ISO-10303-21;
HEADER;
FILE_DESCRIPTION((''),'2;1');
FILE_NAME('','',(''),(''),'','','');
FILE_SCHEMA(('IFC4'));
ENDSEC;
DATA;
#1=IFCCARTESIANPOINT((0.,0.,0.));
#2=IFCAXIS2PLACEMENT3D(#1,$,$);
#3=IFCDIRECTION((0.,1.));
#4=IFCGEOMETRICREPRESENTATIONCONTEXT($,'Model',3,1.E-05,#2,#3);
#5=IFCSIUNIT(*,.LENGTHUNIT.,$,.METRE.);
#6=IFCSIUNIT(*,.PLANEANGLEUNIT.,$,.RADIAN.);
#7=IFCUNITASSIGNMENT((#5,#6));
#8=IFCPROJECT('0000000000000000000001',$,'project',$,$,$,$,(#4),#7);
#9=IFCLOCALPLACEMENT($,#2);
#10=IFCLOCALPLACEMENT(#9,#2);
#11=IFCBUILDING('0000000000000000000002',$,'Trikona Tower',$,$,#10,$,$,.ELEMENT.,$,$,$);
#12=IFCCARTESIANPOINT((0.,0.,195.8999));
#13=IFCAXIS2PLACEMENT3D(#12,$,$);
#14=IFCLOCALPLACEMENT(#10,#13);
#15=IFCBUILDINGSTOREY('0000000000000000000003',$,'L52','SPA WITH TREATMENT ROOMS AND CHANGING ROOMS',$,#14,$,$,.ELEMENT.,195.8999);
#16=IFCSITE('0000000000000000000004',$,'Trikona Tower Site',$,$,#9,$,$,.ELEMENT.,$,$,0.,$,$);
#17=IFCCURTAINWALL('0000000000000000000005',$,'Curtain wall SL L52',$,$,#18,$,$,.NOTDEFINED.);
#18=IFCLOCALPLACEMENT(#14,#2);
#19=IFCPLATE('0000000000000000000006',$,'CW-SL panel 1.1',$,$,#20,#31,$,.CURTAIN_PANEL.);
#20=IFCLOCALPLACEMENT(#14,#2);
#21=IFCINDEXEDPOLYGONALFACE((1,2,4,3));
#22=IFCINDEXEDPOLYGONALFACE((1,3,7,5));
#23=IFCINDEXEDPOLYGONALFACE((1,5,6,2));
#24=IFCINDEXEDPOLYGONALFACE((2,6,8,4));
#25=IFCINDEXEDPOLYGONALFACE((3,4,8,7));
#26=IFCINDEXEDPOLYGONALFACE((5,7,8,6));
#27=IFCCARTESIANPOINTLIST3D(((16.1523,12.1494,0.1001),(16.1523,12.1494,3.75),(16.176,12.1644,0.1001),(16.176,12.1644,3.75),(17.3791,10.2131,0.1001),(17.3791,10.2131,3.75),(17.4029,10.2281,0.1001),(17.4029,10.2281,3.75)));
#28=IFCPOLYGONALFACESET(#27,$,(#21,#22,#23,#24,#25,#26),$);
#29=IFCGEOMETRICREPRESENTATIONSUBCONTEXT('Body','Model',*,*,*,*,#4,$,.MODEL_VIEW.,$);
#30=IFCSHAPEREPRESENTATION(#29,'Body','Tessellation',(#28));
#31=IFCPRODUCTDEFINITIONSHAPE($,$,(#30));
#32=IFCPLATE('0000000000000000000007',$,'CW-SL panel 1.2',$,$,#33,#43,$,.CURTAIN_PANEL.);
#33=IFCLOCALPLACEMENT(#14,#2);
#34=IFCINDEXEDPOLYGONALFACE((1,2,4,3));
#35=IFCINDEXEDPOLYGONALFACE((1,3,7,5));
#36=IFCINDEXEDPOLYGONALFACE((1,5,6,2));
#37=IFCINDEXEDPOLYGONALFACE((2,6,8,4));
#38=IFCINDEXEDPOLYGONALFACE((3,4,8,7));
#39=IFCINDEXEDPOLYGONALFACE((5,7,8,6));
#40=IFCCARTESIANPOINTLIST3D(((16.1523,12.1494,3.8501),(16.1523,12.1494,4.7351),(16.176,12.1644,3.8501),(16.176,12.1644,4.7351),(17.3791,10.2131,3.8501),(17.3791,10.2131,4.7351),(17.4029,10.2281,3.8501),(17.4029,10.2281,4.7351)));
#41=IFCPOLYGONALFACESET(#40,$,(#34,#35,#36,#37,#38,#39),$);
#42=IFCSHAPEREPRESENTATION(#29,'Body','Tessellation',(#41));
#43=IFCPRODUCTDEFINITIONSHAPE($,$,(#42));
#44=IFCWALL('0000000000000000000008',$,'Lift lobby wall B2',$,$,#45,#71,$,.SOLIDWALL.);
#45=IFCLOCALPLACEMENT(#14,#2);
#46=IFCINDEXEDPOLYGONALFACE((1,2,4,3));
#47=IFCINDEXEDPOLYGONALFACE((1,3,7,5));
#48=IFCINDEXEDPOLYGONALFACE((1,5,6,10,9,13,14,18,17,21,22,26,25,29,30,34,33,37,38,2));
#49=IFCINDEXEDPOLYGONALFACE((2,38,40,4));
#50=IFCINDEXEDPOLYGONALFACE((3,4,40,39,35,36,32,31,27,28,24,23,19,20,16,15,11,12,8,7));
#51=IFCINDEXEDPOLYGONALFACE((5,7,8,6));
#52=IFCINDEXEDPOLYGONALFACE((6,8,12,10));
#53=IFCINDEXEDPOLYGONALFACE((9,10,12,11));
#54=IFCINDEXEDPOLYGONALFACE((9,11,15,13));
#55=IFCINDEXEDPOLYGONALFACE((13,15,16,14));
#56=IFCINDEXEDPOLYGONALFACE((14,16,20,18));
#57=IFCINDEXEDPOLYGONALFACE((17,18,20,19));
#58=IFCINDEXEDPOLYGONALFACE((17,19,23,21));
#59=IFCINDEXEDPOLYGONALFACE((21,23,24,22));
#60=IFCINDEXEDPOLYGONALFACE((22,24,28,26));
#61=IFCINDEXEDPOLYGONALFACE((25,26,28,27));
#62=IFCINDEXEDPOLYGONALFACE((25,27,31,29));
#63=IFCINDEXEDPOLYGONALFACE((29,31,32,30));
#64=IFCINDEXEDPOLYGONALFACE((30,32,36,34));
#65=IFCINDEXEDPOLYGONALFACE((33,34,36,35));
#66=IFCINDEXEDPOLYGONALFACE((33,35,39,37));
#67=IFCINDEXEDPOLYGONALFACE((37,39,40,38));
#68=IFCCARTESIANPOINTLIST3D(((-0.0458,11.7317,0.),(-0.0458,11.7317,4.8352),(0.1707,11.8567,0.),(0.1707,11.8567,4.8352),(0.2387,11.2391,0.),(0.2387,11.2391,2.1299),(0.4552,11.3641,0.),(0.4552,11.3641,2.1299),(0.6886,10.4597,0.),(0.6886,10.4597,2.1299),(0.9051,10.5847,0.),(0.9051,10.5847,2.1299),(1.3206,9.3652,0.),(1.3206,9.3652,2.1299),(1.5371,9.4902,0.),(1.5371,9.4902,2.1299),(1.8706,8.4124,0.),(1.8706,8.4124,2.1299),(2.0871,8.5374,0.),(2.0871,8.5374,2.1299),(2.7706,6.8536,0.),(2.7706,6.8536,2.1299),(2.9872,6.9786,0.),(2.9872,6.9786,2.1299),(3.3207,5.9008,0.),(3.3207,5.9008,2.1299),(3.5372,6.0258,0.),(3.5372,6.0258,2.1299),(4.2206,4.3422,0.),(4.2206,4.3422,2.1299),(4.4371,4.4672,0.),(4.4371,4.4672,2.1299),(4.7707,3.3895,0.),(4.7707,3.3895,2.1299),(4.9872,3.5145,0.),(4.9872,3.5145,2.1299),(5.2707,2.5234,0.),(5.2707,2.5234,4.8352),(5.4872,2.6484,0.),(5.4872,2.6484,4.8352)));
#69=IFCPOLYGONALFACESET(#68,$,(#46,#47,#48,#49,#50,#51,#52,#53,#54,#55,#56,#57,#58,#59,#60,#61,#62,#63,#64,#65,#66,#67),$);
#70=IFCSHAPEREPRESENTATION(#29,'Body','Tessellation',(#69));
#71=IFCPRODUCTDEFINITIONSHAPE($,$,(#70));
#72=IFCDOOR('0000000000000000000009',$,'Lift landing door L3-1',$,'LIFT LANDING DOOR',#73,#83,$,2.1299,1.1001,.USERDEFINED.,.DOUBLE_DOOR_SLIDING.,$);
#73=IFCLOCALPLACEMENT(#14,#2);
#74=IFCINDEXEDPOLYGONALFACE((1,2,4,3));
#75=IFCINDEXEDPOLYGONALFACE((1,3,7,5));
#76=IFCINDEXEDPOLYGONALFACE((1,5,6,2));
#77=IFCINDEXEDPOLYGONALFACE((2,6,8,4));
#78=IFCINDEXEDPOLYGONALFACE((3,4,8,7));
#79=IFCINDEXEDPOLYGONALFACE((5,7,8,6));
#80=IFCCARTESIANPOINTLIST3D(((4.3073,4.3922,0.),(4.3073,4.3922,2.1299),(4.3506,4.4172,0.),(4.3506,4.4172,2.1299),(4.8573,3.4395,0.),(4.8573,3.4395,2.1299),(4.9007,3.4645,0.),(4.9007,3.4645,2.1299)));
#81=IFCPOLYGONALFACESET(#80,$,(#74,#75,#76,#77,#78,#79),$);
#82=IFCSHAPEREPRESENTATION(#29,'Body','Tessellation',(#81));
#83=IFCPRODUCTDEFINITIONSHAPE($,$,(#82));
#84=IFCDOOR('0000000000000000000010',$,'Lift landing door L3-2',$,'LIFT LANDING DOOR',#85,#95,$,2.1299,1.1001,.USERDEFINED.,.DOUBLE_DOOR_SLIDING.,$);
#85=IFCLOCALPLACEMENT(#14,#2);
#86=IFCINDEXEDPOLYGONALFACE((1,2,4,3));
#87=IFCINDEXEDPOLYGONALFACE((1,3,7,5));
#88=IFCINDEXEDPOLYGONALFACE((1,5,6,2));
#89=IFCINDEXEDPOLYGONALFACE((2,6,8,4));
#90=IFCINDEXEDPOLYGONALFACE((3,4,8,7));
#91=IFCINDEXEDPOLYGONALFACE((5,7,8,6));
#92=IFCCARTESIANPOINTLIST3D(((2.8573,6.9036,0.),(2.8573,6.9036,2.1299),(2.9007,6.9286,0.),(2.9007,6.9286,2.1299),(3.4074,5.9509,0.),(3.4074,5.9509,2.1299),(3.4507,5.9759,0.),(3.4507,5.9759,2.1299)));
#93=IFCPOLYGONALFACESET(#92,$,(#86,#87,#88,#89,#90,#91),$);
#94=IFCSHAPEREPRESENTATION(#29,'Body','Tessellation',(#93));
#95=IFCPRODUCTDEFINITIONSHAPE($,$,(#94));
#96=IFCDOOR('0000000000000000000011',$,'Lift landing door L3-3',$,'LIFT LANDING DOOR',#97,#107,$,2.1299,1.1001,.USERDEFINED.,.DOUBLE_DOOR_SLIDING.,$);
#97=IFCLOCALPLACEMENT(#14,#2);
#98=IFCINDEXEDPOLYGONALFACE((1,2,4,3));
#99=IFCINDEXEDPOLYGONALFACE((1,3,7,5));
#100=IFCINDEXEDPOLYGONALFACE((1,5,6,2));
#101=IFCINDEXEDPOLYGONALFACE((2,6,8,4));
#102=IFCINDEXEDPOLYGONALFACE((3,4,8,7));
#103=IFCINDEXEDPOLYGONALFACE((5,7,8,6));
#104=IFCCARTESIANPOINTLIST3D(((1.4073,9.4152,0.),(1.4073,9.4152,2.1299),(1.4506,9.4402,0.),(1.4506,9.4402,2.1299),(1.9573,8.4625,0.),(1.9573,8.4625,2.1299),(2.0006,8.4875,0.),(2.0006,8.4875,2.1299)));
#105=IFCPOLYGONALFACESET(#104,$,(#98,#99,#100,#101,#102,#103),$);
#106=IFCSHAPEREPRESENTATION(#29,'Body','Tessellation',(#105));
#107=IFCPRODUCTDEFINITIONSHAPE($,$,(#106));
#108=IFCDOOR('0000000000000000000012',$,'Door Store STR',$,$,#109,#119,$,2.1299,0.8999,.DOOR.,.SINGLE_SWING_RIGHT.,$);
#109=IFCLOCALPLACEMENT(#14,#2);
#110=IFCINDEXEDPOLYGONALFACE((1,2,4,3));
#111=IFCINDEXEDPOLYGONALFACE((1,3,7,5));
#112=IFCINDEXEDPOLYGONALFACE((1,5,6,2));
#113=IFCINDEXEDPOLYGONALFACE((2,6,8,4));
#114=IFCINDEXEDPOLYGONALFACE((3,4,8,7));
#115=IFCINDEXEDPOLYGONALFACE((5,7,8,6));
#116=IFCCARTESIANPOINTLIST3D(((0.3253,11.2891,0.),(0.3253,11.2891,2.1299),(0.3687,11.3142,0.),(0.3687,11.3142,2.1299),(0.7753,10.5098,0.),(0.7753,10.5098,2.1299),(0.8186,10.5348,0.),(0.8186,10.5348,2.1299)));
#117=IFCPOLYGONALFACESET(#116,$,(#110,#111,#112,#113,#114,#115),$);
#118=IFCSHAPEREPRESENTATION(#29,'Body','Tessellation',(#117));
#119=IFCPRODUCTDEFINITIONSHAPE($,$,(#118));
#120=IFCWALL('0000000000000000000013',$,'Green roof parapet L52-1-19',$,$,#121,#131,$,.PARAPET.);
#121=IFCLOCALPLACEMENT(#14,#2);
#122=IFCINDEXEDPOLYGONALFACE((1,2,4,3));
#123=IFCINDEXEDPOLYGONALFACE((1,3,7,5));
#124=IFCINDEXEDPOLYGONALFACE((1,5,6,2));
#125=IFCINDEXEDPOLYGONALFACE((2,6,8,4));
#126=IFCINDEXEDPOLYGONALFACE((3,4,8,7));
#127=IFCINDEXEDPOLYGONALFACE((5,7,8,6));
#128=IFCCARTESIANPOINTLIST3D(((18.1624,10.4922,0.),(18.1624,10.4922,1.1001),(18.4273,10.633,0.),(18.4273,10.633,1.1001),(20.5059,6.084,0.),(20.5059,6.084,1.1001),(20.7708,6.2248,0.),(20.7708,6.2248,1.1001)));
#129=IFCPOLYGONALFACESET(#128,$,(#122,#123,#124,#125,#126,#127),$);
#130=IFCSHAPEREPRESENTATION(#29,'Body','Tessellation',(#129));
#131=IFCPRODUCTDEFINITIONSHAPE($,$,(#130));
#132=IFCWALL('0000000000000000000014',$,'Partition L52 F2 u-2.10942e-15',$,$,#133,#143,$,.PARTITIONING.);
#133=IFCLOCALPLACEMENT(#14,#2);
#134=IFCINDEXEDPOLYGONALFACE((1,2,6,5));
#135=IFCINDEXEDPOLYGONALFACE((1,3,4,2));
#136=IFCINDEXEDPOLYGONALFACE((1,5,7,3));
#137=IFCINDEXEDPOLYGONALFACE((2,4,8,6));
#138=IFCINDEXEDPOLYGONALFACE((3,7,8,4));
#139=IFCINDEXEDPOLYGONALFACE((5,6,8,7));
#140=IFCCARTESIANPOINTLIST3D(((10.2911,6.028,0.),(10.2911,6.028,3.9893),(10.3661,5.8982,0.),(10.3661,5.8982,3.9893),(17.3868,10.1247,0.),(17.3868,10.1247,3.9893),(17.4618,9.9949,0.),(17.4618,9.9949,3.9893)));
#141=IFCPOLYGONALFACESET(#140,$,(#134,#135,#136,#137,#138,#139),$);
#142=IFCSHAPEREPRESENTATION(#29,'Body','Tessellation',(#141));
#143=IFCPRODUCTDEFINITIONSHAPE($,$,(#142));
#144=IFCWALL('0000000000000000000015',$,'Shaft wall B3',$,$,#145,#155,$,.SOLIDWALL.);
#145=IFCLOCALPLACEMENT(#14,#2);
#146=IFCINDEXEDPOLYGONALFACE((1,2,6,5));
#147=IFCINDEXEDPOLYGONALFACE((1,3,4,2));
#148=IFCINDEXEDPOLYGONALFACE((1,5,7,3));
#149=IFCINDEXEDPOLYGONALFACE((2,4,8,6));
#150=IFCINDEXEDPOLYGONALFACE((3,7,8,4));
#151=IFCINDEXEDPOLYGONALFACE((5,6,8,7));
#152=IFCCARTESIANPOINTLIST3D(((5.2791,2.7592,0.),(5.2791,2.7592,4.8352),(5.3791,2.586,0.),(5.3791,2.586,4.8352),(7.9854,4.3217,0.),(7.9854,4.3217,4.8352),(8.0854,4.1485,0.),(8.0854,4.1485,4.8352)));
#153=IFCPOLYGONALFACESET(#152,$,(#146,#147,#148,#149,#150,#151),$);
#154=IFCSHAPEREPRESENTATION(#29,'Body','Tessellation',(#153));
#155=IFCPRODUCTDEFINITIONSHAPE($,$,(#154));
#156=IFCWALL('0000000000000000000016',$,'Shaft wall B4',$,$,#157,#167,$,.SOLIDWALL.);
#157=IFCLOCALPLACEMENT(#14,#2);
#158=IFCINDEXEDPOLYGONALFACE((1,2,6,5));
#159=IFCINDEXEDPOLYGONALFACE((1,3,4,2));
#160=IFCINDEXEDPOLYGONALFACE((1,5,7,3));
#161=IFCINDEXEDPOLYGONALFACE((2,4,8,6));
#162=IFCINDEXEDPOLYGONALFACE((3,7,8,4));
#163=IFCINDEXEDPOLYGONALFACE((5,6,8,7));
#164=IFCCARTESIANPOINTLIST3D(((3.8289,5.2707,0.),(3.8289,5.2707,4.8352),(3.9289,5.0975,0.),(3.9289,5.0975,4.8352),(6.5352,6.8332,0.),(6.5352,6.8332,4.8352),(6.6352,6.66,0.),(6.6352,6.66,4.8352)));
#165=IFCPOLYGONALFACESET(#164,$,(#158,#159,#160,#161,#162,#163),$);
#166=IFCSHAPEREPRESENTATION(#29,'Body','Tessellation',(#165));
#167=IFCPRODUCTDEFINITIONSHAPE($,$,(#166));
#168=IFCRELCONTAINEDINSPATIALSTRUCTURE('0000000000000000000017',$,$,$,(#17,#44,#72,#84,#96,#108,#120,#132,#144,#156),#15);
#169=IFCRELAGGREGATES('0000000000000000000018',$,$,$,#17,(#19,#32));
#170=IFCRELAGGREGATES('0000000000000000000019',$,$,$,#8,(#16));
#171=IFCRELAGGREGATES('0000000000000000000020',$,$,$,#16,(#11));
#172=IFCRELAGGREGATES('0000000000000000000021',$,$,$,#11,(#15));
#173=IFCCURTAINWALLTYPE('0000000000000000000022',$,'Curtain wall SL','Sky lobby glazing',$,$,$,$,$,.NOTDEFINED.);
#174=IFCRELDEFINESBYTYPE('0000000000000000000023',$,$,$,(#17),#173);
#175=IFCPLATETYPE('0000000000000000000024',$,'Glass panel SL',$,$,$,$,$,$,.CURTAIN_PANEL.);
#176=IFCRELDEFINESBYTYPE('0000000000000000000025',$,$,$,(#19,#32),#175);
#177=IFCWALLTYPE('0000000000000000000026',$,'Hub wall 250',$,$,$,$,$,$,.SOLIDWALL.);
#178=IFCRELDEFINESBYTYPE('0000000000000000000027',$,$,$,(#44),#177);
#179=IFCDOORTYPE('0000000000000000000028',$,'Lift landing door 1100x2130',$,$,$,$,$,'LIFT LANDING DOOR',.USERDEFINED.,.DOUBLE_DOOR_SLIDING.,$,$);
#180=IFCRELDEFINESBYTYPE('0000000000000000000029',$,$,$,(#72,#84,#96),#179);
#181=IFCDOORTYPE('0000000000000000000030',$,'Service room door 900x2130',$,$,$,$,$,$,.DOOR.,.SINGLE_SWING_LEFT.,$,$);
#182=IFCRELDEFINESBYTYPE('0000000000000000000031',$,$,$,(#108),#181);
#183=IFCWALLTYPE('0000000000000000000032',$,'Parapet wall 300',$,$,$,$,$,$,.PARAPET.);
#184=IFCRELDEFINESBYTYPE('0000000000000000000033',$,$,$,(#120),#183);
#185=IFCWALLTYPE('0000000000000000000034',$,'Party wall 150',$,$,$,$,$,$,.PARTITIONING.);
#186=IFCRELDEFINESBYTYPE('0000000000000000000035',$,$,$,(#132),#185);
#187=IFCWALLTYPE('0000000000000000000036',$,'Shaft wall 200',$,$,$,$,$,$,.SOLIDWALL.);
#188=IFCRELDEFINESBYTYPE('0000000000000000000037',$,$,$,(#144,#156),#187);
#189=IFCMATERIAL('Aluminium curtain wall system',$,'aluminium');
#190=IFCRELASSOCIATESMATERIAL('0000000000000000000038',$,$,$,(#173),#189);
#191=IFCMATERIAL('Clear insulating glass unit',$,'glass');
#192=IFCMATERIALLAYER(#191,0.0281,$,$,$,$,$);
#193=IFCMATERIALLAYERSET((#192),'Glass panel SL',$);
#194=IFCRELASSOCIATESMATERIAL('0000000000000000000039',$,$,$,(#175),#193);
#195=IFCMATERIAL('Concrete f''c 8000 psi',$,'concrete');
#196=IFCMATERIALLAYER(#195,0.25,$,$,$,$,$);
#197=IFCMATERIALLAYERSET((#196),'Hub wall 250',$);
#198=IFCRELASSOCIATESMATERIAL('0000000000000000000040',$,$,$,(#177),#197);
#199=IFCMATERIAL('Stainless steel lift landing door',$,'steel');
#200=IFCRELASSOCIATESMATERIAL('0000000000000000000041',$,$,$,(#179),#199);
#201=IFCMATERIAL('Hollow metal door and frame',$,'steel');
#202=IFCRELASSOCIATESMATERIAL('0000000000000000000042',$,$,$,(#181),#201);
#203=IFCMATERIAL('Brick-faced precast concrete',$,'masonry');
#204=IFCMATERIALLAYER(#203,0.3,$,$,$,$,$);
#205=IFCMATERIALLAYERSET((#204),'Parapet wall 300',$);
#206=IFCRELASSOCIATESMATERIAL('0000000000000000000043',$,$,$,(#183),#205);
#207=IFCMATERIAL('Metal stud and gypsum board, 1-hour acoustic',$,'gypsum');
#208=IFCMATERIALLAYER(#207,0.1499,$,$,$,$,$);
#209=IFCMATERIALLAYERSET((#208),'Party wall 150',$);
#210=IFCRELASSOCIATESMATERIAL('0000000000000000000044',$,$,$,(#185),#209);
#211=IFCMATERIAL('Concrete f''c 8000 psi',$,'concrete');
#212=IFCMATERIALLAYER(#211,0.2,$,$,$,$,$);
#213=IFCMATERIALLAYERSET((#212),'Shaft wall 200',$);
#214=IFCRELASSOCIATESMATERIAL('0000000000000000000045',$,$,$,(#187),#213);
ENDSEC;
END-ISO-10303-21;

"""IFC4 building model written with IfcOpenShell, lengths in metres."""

from ifc_helpers import new_model, si_unit, direction, frame, frame_2d, origin, origin_2d, place, context, subcontext, project, spatial, rectangle, extrude, material, layer, layer_set, type_object, element, fill, aggregate, save


model = new_model("IFC4")

# Units and contexts
model_context = context("Model", 3, precision=1e-05, world=origin(), true_north=direction((0.0, 1.0)))
body_context = subcontext(model_context, "Body", "Model", "MODEL_VIEW")
ifc_project = project(units=[si_unit("LENGTHUNIT", "METRE"), si_unit("PLANEANGLEUNIT", "RADIAN")], contexts=[model_context])

# Site, building, storey
site_placement = place(None, origin())
site = spatial("IfcSite", under=ifc_project, at=site_placement, Name="Trikona Tower Site", CompositionType="ELEMENT", RefElevation=0.0)
building_placement = place(site_placement, origin())
building = spatial("IfcBuilding", under=site, at=building_placement, Name="Trikona Tower", CompositionType="ELEMENT")
storey_placement = place(building_placement, frame((0.0, 0.0, 195.8999)))
storey = spatial("IfcBuildingStorey", under=building, at=storey_placement, Name="L52", Description="SPA WITH TREATMENT ROOMS AND CHANGING ROOMS", CompositionType="ELEMENT", Elevation=195.8999)

# Shared definitions
ifc_material_1 = material(Name="Aluminium curtain wall system", Category="aluminium")
curtain_wall_type = type_object("IfcCurtainWallType", Name="Curtain wall SL", Description="Sky lobby glazing", PredefinedType="NOTDEFINED", material=ifc_material_1)

# Curtain wall
curtain_wall_1_placement = place(storey_placement, origin())
curtain_wall_1 = element("IfcCurtainWall", 1, at=curtain_wall_1_placement, inside=storey, type_object=curtain_wall_type, Name="Curtain wall SL L52", PredefinedType="NOTDEFINED")

# Plates
ifc_material_2 = material(Name="Clear insulating glass unit", Category="glass")
ifc_layer_1 = layer(ifc_material_2, 0.0281)
ifc_layer_set_1 = layer_set([ifc_layer_1], Name="Glass panel SL")
plate_type = type_object("IfcPlateType", Name="Glass panel SL", PredefinedType="CURTAIN_PANEL", material=ifc_layer_set_1)
plate_1_placement = place(storey_placement, frame((16.7776, 11.1887, 0.1001), z_axis=(0.0, 0.0, 1.0), x_axis=(-0.535212, 0.844718, 0.0)))
plate_1 = element("IfcPlate", 2, at=plate_1_placement, type_object=plate_type, Name="CW-SL panel 1.1", PredefinedType="CURTAIN_PANEL", context=body_context, shape_type="SweptSolid", body=[
    extrude(rectangle(XDim=2.2922, YDim=0.0281, at=origin_2d()), origin(), (0.0, 0.0, 1.0), 3.6499),
])
plate_2_placement = place(storey_placement, frame((16.7776, 11.1887, 3.8501), z_axis=(0.0, 0.0, 1.0), x_axis=(-0.535212, 0.844718, 0.0)))
plate_2 = element("IfcPlate", 3, at=plate_2_placement, type_object=plate_type, Name="CW-SL panel 1.2", PredefinedType="CURTAIN_PANEL", context=body_context, shape_type="SweptSolid", body=[
    extrude(rectangle(XDim=2.2922, YDim=0.0281, at=origin_2d()), origin(), (0.0, 0.0, 1.0), 0.885),
])
aggregate(curtain_wall_1, [plate_1, plate_2])

# Wall, openings, doors
ifc_material_3 = material(Name="Concrete f'c 8000 psi", Category="concrete")
ifc_layer_2 = layer(ifc_material_3, 0.25)
ifc_layer_set_2 = layer_set([ifc_layer_2], Name="Hub wall 250")
wall_type_1 = type_object("IfcWallType", Name="Hub wall 250", PredefinedType="SOLIDWALL", material=ifc_layer_set_2)
wall_1_placement = place(storey_placement, frame((5.3789, 2.5859, 0.0), z_axis=(0.0, 0.0, 1.0), x_axis=(-0.500001, 0.866025, 0.0)))
wall_1 = element("IfcWall", 4, at=wall_1_placement, inside=storey, type_object=wall_type_1, Name="Lift lobby wall B2", PredefinedType="SOLIDWALL", context=body_context, shape_type="SweptSolid", body=[
    extrude(rectangle(XDim=10.6328, YDim=0.25, at=frame_2d((5.3164, 0.0))), origin(), (0.0, 0.0, 1.0), 4.8352),
])
opening_1_placement = place(wall_1_placement, frame((9.1641, 0.0, 0.0)))
opening_1 = element("IfcOpeningElement", 5, at=opening_1_placement, cuts=wall_1, PredefinedType="OPENING", context=body_context, shape_type="SweptSolid", body=[
    extrude(rectangle(XDim=0.8999, YDim=2.1299, at=frame_2d((0.45, 1.0649))), frame((0.0, 0.135, 0.0), z_axis=(0.0, -1.0, 0.0), x_axis=(1.0, 0.0, 0.0)), (0.0, 0.0, 1.0), 0.27),
])
opening_2_placement = place(wall_1_placement, frame((1.0, 0.0, 0.0)))
opening_2 = element("IfcOpeningElement", 6, at=opening_2_placement, cuts=wall_1, PredefinedType="OPENING", context=body_context, shape_type="SweptSolid", body=[
    extrude(rectangle(XDim=1.1001, YDim=2.1299, at=frame_2d((0.55, 1.0649))), frame((0.0, 0.135, 0.0), z_axis=(0.0, -1.0, 0.0), x_axis=(1.0, 0.0, 0.0)), (0.0, 0.0, 1.0), 0.27),
])
opening_3_placement = place(wall_1_placement, frame((3.8999, 0.0, 0.0)))
opening_3 = element("IfcOpeningElement", 7, at=opening_3_placement, cuts=wall_1, PredefinedType="OPENING", context=body_context, shape_type="SweptSolid", body=[
    extrude(rectangle(XDim=1.1001, YDim=2.1299, at=frame_2d((0.55, 1.0649))), frame((0.0, 0.135, 0.0), z_axis=(0.0, -1.0, 0.0), x_axis=(1.0, 0.0, 0.0)), (0.0, 0.0, 1.0), 0.27),
])
opening_4_placement = place(wall_1_placement, frame((6.8, 0.0, 0.0)))
opening_4 = element("IfcOpeningElement", 8, at=opening_4_placement, cuts=wall_1, PredefinedType="OPENING", context=body_context, shape_type="SweptSolid", body=[
    extrude(rectangle(XDim=1.1001, YDim=2.1299, at=frame_2d((0.55, 1.0649))), frame((0.0, 0.135, 0.0), z_axis=(0.0, -1.0, 0.0), x_axis=(1.0, 0.0, 0.0)), (0.0, 0.0, 1.0), 0.27),
])
ifc_material_4 = material(Name="Stainless steel lift landing door", Category="steel")
door_type_1 = type_object("IfcDoorType", Name="Lift landing door 1100x2130", ElementType="LIFT LANDING DOOR", OperationType="DOUBLE_DOOR_SLIDING", PredefinedType="USERDEFINED", material=ifc_material_4)
door_1_placement = place(opening_2_placement, origin())
door_1 = element("IfcDoor", 9, at=door_1_placement, inside=storey, type_object=door_type_1, Name="Lift landing door L3-1", ObjectType="LIFT LANDING DOOR", OperationType="DOUBLE_DOOR_SLIDING", OverallHeight=2.1299, OverallWidth=1.1001, PredefinedType="USERDEFINED", context=body_context, shape_type="SweptSolid", body=[
    extrude(rectangle(XDim=1.1001, YDim=2.1299, at=frame_2d((0.55, 1.0649))), frame((0.0, 0.0249, 0.0), z_axis=(0.0, -1.0, 0.0), x_axis=(1.0, 0.0, 0.0)), (0.0, 0.0, 1.0), 0.05),
])
fill(opening_2, door_1)
door_2_placement = place(opening_3_placement, origin())
door_2 = element("IfcDoor", 10, at=door_2_placement, inside=storey, type_object=door_type_1, Name="Lift landing door L3-2", ObjectType="LIFT LANDING DOOR", OperationType="DOUBLE_DOOR_SLIDING", OverallHeight=2.1299, OverallWidth=1.1001, PredefinedType="USERDEFINED", context=body_context, shape_type="SweptSolid", body=[
    extrude(rectangle(XDim=1.1001, YDim=2.1299, at=frame_2d((0.55, 1.0649))), frame((0.0, 0.0249, 0.0), z_axis=(0.0, -1.0, 0.0), x_axis=(1.0, 0.0, 0.0)), (0.0, 0.0, 1.0), 0.05),
])
fill(opening_3, door_2)
door_3_placement = place(opening_4_placement, origin())
door_3 = element("IfcDoor", 11, at=door_3_placement, inside=storey, type_object=door_type_1, Name="Lift landing door L3-3", ObjectType="LIFT LANDING DOOR", OperationType="DOUBLE_DOOR_SLIDING", OverallHeight=2.1299, OverallWidth=1.1001, PredefinedType="USERDEFINED", context=body_context, shape_type="SweptSolid", body=[
    extrude(rectangle(XDim=1.1001, YDim=2.1299, at=frame_2d((0.55, 1.0649))), frame((0.0, 0.0249, 0.0), z_axis=(0.0, -1.0, 0.0), x_axis=(1.0, 0.0, 0.0)), (0.0, 0.0, 1.0), 0.05),
])
fill(opening_4, door_3)
ifc_material_5 = material(Name="Hollow metal door and frame", Category="steel")
door_type_2 = type_object("IfcDoorType", Name="Service room door 900x2130", OperationType="SINGLE_SWING_LEFT", PredefinedType="DOOR", material=ifc_material_5)
door_4_placement = place(opening_1_placement, origin())
door_4 = element("IfcDoor", 12, at=door_4_placement, inside=storey, type_object=door_type_2, Name="Door Store STR", OperationType="SINGLE_SWING_RIGHT", OverallHeight=2.1299, OverallWidth=0.8999, PredefinedType="DOOR", context=body_context, shape_type="SweptSolid", body=[
    extrude(rectangle(XDim=0.8999, YDim=2.1299, at=frame_2d((0.45, 1.0649))), frame((0.0, 0.0249, 0.0), z_axis=(0.0, -1.0, 0.0), x_axis=(1.0, 0.0, 0.0)), (0.0, 0.0, 1.0), 0.05),
])
fill(opening_1, door_4)

# Walls
ifc_material_6 = material(Name="Brick-faced precast concrete", Category="masonry")
ifc_layer_3 = layer(ifc_material_6, 0.3)
ifc_layer_set_3 = layer_set([ifc_layer_3], Name="Parapet wall 300")
wall_type_2 = type_object("IfcWallType", Name="Parapet wall 300", PredefinedType="PARAPET", material=ifc_layer_set_3)
wall_2_placement = place(storey_placement, frame((18.2949, 10.5625, 0.0), z_axis=(0.0, 0.0, 1.0), x_axis=(0.469413, -0.882979, 0.0)))
element("IfcWall", 13, at=wall_2_placement, inside=storey, type_object=wall_type_2, Name="Green roof parapet L52-1-19", PredefinedType="PARAPET", context=body_context, shape_type="SweptSolid", body=[
    extrude(rectangle(XDim=4.9924, YDim=0.3, at=frame_2d((2.4961, 0.0))), origin(), (0.0, 0.0, 1.0), 1.1001),
])
ifc_material_7 = material(Name="Metal stud and gypsum board, 1-hour acoustic", Category="gypsum")
ifc_layer_4 = layer(ifc_material_7, 0.1499)
ifc_layer_set_4 = layer_set([ifc_layer_4], Name="Party wall 150")
wall_type_3 = type_object("IfcWallType", Name="Party wall 150", PredefinedType="PARTITIONING", material=ifc_layer_set_4)
wall_3_placement = place(storey_placement, frame((10.3286, 5.9631, 0.0), z_axis=(0.0, 0.0, 1.0), x_axis=(0.866027, 0.499998, 0.0)))
element("IfcWall", 14, at=wall_3_placement, inside=storey, type_object=wall_type_3, Name="Partition L52 F2 u-2.10942e-15", PredefinedType="PARTITIONING", context=body_context, shape_type="SweptSolid", body=[
    extrude(rectangle(XDim=8.1934, YDim=0.1499, at=frame_2d((4.0967, 0.0))), origin(), (0.0, 0.0, 1.0), 3.9893),
])
ifc_material_8 = material(Name="Concrete f'c 8000 psi", Category="concrete")
ifc_layer_5 = layer(ifc_material_8, 0.2)
ifc_layer_set_5 = layer_set([ifc_layer_5], Name="Shaft wall 200")
wall_type_4 = type_object("IfcWallType", Name="Shaft wall 200", PredefinedType="SOLIDWALL", material=ifc_layer_set_5)
for number, where, z_axis, x_axis, name in (
    (15, (5.3291, 2.6726, 0.0), (0.0, 0.0, 1.0), (0.866023, 0.500004, 0.0), "Shaft wall B3"),
    (16, (3.8789, 5.1841, 0.0), (0.0, 0.0, 1.0), (0.866023, 0.500004, 0.0), "Shaft wall B4"),
):
    element("IfcWall", number, at=place(storey_placement, frame(where, z_axis=z_axis, x_axis=x_axis)), inside=storey, type_object=wall_type_4, Name=name, PredefinedType="SOLIDWALL", context=body_context, shape_type="SweptSolid", body=[
        extrude(rectangle(XDim=3.125, YDim=0.2, at=frame_2d((1.5625, 0.0))), origin(), (0.0, 0.0, 1.0), 4.8352),
    ])

save(model, "model.ifc")
